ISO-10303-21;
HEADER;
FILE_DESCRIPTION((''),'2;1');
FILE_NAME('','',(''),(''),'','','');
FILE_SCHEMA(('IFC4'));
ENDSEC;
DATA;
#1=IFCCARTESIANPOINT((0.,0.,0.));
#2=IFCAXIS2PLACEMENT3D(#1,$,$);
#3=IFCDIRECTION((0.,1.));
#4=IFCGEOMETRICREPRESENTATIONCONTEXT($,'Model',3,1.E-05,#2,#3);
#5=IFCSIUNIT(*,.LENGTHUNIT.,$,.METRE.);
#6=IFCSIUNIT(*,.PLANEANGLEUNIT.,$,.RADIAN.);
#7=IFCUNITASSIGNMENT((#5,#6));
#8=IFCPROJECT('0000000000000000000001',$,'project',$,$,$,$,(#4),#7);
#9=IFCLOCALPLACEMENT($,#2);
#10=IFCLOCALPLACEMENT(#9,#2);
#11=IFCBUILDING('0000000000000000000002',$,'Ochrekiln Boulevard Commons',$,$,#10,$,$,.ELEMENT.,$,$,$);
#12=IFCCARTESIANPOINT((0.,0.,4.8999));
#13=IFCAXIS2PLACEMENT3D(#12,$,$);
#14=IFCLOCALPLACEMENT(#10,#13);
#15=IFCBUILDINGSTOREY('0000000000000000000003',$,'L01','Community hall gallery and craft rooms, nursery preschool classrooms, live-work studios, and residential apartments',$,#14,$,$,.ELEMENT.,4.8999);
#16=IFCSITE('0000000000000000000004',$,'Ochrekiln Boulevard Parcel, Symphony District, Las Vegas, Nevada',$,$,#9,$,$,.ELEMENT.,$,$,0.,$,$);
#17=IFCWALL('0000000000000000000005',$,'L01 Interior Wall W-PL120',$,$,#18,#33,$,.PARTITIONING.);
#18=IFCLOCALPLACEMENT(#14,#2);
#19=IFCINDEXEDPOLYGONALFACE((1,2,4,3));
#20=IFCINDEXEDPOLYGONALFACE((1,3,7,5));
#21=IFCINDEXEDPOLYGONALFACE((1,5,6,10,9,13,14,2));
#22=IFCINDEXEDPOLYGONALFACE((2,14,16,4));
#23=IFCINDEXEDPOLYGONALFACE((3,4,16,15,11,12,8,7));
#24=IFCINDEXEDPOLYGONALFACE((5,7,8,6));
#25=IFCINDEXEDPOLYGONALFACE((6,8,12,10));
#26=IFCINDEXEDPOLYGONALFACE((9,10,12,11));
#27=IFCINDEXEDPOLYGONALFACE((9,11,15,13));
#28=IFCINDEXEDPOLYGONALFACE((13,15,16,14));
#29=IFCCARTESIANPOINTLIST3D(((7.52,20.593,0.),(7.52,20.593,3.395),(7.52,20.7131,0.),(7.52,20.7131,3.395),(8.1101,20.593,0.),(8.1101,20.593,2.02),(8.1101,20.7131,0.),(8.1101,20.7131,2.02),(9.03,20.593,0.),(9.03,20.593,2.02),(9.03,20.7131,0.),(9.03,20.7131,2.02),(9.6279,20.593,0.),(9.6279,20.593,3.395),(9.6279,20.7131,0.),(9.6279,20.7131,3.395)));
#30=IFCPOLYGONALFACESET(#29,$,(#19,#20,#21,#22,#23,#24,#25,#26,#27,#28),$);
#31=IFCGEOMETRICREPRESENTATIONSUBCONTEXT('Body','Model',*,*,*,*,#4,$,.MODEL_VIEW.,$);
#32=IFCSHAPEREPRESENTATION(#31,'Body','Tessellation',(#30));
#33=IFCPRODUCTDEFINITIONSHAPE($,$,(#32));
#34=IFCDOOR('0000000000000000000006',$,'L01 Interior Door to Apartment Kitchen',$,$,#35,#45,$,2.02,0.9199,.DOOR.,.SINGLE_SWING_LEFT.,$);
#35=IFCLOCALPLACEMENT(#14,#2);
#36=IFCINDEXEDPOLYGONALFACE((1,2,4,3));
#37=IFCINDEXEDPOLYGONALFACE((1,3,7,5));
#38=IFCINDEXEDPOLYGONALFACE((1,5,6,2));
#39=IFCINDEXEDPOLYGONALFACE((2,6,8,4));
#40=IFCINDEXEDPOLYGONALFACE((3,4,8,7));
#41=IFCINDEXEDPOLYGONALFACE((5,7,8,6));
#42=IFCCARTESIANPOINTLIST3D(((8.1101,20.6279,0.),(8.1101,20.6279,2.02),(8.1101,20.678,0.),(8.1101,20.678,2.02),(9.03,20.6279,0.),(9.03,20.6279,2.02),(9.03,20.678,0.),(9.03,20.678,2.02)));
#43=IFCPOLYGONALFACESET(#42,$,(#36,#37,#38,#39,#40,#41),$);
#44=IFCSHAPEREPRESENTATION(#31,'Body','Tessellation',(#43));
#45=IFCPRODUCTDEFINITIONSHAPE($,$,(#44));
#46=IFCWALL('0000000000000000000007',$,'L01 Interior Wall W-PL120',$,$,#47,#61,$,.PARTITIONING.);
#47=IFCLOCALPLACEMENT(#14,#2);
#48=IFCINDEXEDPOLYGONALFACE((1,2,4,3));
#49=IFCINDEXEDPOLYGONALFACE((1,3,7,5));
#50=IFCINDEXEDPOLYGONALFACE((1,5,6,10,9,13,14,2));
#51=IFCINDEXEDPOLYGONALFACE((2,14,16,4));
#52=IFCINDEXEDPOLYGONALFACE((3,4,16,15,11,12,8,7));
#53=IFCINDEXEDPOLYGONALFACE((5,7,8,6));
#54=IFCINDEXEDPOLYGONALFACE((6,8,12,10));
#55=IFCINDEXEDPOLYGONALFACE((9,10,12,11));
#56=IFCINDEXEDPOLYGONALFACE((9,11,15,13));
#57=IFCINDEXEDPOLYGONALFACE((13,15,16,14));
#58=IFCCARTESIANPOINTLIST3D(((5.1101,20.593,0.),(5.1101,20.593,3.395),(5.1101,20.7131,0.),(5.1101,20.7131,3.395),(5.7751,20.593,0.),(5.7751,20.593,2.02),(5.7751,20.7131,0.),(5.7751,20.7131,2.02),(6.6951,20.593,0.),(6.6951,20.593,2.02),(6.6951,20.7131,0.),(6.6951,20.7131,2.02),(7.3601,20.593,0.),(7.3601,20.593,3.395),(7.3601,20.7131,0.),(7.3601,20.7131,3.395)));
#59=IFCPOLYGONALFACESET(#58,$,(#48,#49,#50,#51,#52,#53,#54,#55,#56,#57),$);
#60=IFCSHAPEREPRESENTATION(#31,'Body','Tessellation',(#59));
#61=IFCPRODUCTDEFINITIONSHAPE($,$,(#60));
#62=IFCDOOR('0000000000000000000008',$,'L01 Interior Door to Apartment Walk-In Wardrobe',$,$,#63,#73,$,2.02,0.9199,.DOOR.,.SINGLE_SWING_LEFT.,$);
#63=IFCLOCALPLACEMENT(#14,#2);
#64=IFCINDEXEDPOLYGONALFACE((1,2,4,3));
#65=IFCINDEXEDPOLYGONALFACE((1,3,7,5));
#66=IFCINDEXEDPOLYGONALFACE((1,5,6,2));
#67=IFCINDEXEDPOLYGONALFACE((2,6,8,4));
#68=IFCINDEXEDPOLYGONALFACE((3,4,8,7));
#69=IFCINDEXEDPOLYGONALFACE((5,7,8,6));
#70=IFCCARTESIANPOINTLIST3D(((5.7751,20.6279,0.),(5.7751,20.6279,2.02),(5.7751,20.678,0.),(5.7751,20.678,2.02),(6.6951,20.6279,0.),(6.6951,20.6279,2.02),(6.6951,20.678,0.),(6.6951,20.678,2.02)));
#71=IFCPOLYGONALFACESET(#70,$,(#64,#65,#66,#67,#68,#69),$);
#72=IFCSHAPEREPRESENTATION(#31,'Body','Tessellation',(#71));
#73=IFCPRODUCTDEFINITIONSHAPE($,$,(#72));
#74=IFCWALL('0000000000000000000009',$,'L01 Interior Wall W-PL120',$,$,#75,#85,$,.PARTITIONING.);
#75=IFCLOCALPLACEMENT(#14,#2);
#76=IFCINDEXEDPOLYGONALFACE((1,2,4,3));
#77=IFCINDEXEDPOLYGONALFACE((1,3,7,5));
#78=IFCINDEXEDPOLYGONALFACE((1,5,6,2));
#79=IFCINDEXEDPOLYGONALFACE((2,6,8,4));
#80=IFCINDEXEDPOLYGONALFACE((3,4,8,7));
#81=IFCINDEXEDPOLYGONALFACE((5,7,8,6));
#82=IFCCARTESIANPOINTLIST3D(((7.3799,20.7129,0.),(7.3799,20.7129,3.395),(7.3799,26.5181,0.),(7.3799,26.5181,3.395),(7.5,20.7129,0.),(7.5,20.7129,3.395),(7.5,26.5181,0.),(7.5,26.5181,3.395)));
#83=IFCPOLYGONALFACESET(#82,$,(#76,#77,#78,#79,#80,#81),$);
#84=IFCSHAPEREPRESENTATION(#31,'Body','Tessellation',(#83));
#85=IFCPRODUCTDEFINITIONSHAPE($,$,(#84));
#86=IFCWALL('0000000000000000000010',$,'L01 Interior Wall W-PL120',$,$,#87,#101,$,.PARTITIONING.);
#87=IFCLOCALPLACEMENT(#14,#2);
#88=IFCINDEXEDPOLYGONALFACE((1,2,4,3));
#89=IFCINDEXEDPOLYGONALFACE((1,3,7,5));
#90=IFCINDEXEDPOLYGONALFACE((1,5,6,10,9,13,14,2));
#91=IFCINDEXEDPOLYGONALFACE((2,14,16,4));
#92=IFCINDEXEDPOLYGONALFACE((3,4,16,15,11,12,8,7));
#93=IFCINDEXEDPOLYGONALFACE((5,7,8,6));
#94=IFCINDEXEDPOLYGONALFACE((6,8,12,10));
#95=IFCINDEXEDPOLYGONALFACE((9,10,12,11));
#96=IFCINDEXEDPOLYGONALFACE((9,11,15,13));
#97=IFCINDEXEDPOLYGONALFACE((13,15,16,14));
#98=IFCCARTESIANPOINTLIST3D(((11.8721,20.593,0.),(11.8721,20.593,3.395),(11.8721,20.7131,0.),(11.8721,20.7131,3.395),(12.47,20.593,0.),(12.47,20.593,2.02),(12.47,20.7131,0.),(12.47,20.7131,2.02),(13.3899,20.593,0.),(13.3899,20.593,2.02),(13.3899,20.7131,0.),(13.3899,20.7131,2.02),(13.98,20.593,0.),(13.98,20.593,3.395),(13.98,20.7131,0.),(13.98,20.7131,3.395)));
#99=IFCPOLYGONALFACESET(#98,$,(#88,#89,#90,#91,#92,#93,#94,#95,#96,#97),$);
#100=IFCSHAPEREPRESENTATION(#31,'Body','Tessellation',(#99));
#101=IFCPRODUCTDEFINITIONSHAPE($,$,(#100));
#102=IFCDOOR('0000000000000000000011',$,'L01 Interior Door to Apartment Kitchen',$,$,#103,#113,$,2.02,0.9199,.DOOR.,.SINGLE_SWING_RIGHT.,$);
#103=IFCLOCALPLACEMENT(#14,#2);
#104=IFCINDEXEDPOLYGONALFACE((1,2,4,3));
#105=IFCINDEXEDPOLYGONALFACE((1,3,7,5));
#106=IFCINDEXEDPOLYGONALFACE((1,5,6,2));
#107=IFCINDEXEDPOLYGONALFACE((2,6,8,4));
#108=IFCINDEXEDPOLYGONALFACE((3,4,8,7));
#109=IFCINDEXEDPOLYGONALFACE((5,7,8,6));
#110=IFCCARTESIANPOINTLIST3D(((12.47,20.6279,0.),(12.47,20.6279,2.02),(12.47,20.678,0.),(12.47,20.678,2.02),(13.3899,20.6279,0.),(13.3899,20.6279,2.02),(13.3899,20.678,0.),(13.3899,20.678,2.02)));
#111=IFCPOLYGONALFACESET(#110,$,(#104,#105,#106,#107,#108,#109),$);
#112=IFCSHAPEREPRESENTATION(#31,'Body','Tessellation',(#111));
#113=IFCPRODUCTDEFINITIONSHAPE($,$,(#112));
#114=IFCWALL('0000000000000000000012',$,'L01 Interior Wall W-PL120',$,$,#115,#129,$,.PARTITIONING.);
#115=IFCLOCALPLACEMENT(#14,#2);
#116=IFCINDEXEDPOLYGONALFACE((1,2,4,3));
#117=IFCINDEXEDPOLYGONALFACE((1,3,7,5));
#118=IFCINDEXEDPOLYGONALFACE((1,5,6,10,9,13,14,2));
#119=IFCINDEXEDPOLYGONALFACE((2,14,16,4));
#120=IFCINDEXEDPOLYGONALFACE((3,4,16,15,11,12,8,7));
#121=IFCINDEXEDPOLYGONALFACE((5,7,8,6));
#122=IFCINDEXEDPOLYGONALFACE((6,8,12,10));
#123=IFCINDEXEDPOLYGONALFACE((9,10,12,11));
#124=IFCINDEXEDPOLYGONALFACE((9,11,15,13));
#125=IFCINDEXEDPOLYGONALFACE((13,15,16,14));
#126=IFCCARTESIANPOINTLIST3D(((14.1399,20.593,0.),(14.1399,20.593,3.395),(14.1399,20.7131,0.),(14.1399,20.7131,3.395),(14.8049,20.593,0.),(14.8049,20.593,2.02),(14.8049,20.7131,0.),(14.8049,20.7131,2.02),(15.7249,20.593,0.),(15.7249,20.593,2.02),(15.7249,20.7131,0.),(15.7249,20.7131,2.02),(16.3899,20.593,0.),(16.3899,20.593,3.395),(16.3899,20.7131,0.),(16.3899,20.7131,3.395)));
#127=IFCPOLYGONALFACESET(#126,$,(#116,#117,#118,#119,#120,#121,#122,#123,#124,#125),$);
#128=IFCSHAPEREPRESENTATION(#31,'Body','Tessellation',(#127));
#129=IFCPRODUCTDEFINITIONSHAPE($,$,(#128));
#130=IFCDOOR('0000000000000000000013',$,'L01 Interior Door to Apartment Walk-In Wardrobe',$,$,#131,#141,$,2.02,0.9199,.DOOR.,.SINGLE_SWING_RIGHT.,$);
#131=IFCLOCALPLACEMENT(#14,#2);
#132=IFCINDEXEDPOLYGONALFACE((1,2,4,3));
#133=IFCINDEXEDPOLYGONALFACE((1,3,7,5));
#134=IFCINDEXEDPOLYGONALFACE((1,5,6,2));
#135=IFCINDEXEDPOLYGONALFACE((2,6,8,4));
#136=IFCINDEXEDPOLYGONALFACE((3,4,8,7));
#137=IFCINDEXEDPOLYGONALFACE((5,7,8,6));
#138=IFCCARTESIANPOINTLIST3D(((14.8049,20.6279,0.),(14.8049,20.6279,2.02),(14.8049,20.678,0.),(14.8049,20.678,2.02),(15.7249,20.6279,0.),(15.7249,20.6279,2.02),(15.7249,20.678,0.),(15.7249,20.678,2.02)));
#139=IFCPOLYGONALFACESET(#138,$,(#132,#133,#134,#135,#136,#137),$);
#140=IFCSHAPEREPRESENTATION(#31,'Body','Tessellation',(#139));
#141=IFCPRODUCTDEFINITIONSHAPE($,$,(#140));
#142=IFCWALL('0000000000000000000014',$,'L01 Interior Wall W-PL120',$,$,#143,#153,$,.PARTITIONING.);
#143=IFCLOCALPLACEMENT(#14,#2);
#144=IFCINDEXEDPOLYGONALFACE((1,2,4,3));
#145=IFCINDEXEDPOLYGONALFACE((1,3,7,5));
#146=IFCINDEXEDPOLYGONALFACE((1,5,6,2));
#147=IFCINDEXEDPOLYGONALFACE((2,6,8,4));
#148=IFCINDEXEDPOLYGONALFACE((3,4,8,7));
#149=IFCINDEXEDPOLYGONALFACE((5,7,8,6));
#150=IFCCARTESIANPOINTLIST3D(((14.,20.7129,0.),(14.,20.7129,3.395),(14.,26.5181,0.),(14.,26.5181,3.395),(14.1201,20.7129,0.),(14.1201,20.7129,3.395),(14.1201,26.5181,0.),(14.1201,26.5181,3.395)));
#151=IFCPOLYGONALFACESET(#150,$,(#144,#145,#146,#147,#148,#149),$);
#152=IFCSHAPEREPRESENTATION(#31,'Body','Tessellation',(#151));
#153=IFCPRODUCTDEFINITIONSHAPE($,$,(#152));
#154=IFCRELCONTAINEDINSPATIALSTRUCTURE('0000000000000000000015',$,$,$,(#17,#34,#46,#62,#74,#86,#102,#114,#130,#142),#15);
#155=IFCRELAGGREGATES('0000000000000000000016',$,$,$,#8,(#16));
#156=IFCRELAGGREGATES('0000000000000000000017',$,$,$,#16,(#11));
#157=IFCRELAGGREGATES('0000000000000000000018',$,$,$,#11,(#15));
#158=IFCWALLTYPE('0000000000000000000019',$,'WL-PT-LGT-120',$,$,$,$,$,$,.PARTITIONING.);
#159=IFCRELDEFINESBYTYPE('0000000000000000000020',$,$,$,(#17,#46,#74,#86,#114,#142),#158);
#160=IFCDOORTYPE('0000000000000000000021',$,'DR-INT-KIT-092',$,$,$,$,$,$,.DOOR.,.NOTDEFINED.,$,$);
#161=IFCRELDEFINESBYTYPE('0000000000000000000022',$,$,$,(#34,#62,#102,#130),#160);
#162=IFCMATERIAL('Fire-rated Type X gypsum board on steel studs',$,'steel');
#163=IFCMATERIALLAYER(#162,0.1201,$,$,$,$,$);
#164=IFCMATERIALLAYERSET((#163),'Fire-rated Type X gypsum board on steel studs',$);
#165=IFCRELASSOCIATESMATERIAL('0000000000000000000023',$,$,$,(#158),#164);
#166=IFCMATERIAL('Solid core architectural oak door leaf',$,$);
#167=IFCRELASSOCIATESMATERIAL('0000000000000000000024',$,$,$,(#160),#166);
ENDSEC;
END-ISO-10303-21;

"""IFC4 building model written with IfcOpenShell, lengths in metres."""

from ifc_helpers import new_model, si_unit, direction, frame, frame_2d, origin, place, context, subcontext, project, spatial, rectangle, extrude, material, layer, layer_set, type_object, element, fill, save


model = new_model("IFC4")

# Units and contexts
model_context = context("Model", 3, precision=1e-05, world=origin(), true_north=direction((0.0, 1.0)))
body_context = subcontext(model_context, "Body", "Model", "MODEL_VIEW")
ifc_project = project(units=[si_unit("LENGTHUNIT", "METRE"), si_unit("PLANEANGLEUNIT", "RADIAN")], contexts=[model_context])

# Site, building, storey
site_placement = place(None, origin())
site = spatial("IfcSite", under=ifc_project, at=site_placement, Name="Ochrekiln Boulevard Parcel, Symphony District, Las Vegas, Nevada", CompositionType="ELEMENT", RefElevation=0.0)
building_placement = place(site_placement, origin())
building = spatial("IfcBuilding", under=site, at=building_placement, Name="Ochrekiln Boulevard Commons", CompositionType="ELEMENT")
storey_placement = place(building_placement, frame((0.0, 0.0, 4.8999)))
storey = spatial("IfcBuildingStorey", under=building, at=storey_placement, Name="L01", Description="Community hall gallery and craft rooms, nursery preschool classrooms, live-work studios, and residential apartments", CompositionType="ELEMENT", Elevation=4.8999)

# Shared definitions
ifc_material_1 = material(Name="Fire-rated Type X gypsum board on steel studs", Category="steel")

# Walls, openings, doors
ifc_layer_1 = layer(ifc_material_1, 0.1201)
ifc_layer_set_1 = layer_set([ifc_layer_1], Name="Fire-rated Type X gypsum board on steel studs")
wall_type_1 = type_object("IfcWallType", Name="WL-PT-LGT-120", PredefinedType="PARTITIONING", material=ifc_layer_set_1)
wall_1_placement = place(storey_placement, frame((7.52, 20.6531, 0.0), z_axis=(0.0, 0.0, 1.0), x_axis=(1.0, 0.0, 0.0)))
wall_1 = element("IfcWall", 1, at=wall_1_placement, inside=storey, type_object=wall_type_1, Name="L01 Interior Wall W-PL120", PredefinedType="PARTITIONING", context=body_context, shape_type="SweptSolid", body=[
    extrude(rectangle(XDim=2.1079, YDim=0.1201, at=frame_2d((1.054, 0.0))), origin(), (0.0, 0.0, 1.0), 3.395),
])
opening_1_placement = place(wall_1_placement, frame((0.5901, 0.0, 0.0)))
opening_1 = element("IfcOpeningElement", 2, at=opening_1_placement, cuts=wall_1, PredefinedType="OPENING", context=body_context, shape_type="SweptSolid", body=[
    extrude(rectangle(XDim=0.9199, YDim=2.02, at=frame_2d((0.46, 1.01))), frame((0.0, 0.0701, 0.0), z_axis=(0.0, -1.0, 0.0), x_axis=(1.0, 0.0, 0.0)), (0.0, 0.0, 1.0), 0.1401),
])
ifc_material_2 = material(Name="Solid core architectural oak door leaf")
door_type_1 = type_object("IfcDoorType", Name="DR-INT-KIT-092", OperationType="NOTDEFINED", PredefinedType="DOOR", material=ifc_material_2)
door_1_placement = place(opening_1_placement, origin())
door_1 = element("IfcDoor", 3, at=door_1_placement, inside=storey, type_object=door_type_1, Name="L01 Interior Door to Apartment Kitchen", OperationType="SINGLE_SWING_LEFT", OverallHeight=2.02, OverallWidth=0.9199, PredefinedType="DOOR", context=body_context, shape_type="SweptSolid", body=[
    extrude(rectangle(XDim=0.9199, YDim=2.02, at=frame_2d((0.46, 1.01))), frame((0.0, 0.0249, 0.0), z_axis=(0.0, -1.0, 0.0), x_axis=(1.0, 0.0, 0.0)), (0.0, 0.0, 1.0), 0.05),
])
fill(opening_1, door_1)
wall_2_placement = place(storey_placement, frame((5.1101, 20.6531, 0.0), z_axis=(0.0, 0.0, 1.0), x_axis=(1.0, 0.0, 0.0)))
wall_2 = element("IfcWall", 4, at=wall_2_placement, inside=storey, type_object=wall_type_1, Name="L01 Interior Wall W-PL120", PredefinedType="PARTITIONING", context=body_context, shape_type="SweptSolid", body=[
    extrude(rectangle(XDim=2.25, YDim=0.1201, at=frame_2d((1.125, 0.0))), origin(), (0.0, 0.0, 1.0), 3.395),
])
opening_2_placement = place(wall_2_placement, frame((0.665, 0.0, 0.0)))
opening_2 = element("IfcOpeningElement", 5, at=opening_2_placement, cuts=wall_2, PredefinedType="OPENING", context=body_context, shape_type="SweptSolid", body=[
    extrude(rectangle(XDim=0.9199, YDim=2.02, at=frame_2d((0.46, 1.01))), frame((0.0, 0.0701, 0.0), z_axis=(0.0, -1.0, 0.0), x_axis=(1.0, 0.0, 0.0)), (0.0, 0.0, 1.0), 0.1401),
])
door_2_placement = place(opening_2_placement, origin())
door_2 = element("IfcDoor", 6, at=door_2_placement, inside=storey, type_object=door_type_1, Name="L01 Interior Door to Apartment Walk-In Wardrobe", OperationType="SINGLE_SWING_LEFT", OverallHeight=2.02, OverallWidth=0.9199, PredefinedType="DOOR", context=body_context, shape_type="SweptSolid", body=[
    extrude(rectangle(XDim=0.9199, YDim=2.02, at=frame_2d((0.46, 1.01))), frame((0.0, 0.0249, 0.0), z_axis=(0.0, -1.0, 0.0), x_axis=(1.0, 0.0, 0.0)), (0.0, 0.0, 1.0), 0.05),
])
fill(opening_2, door_2)

# Wall
wall_3_placement = place(storey_placement, frame((7.4399, 20.7129, 0.0), z_axis=(0.0, 0.0, 1.0), x_axis=(0.0, 1.0, 0.0)))
element("IfcWall", 7, at=wall_3_placement, inside=storey, type_object=wall_type_1, Name="L01 Interior Wall W-PL120", PredefinedType="PARTITIONING", context=body_context, shape_type="SweptSolid", body=[
    extrude(rectangle(XDim=5.8052, YDim=0.1201, at=frame_2d((2.9026, 0.0))), origin(), (0.0, 0.0, 1.0), 3.395),
])

# Walls, openings, doors
wall_4_placement = place(storey_placement, frame((11.8721, 20.6531, 0.0), z_axis=(0.0, 0.0, 1.0), x_axis=(1.0, 0.0, 0.0)))
wall_4 = element("IfcWall", 8, at=wall_4_placement, inside=storey, type_object=wall_type_1, Name="L01 Interior Wall W-PL120", PredefinedType="PARTITIONING", context=body_context, shape_type="SweptSolid", body=[
    extrude(rectangle(XDim=2.1079, YDim=0.1201, at=frame_2d((1.054, 0.0))), origin(), (0.0, 0.0, 1.0), 3.395),
])
opening_3_placement = place(wall_4_placement, frame((0.5979, 0.0, 0.0)))
opening_3 = element("IfcOpeningElement", 9, at=opening_3_placement, cuts=wall_4, PredefinedType="OPENING", context=body_context, shape_type="SweptSolid", body=[
    extrude(rectangle(XDim=0.9199, YDim=2.02, at=frame_2d((0.46, 1.01))), frame((0.0, 0.0701, 0.0), z_axis=(0.0, -1.0, 0.0), x_axis=(1.0, 0.0, 0.0)), (0.0, 0.0, 1.0), 0.1401),
])
door_3_placement = place(opening_3_placement, origin())
door_3 = element("IfcDoor", 10, at=door_3_placement, inside=storey, type_object=door_type_1, Name="L01 Interior Door to Apartment Kitchen", OperationType="SINGLE_SWING_RIGHT", OverallHeight=2.02, OverallWidth=0.9199, PredefinedType="DOOR", context=body_context, shape_type="SweptSolid", body=[
    extrude(rectangle(XDim=0.9199, YDim=2.02, at=frame_2d((0.46, 1.01))), frame((0.0, 0.0249, 0.0), z_axis=(0.0, -1.0, 0.0), x_axis=(1.0, 0.0, 0.0)), (0.0, 0.0, 1.0), 0.05),
])
fill(opening_3, door_3)
wall_5_placement = place(storey_placement, frame((14.1399, 20.6531, 0.0), z_axis=(0.0, 0.0, 1.0), x_axis=(1.0, 0.0, 0.0)))
wall_5 = element("IfcWall", 11, at=wall_5_placement, inside=storey, type_object=wall_type_1, Name="L01 Interior Wall W-PL120", PredefinedType="PARTITIONING", context=body_context, shape_type="SweptSolid", body=[
    extrude(rectangle(XDim=2.25, YDim=0.1201, at=frame_2d((1.125, 0.0))), origin(), (0.0, 0.0, 1.0), 3.395),
])
opening_4_placement = place(wall_5_placement, frame((0.665, 0.0, 0.0)))
opening_4 = element("IfcOpeningElement", 12, at=opening_4_placement, cuts=wall_5, PredefinedType="OPENING", context=body_context, shape_type="SweptSolid", body=[
    extrude(rectangle(XDim=0.9199, YDim=2.02, at=frame_2d((0.46, 1.01))), frame((0.0, 0.0701, 0.0), z_axis=(0.0, -1.0, 0.0), x_axis=(1.0, 0.0, 0.0)), (0.0, 0.0, 1.0), 0.1401),
])
door_4_placement = place(opening_4_placement, origin())
door_4 = element("IfcDoor", 13, at=door_4_placement, inside=storey, type_object=door_type_1, Name="L01 Interior Door to Apartment Walk-In Wardrobe", OperationType="SINGLE_SWING_RIGHT", OverallHeight=2.02, OverallWidth=0.9199, PredefinedType="DOOR", context=body_context, shape_type="SweptSolid", body=[
    extrude(rectangle(XDim=0.9199, YDim=2.02, at=frame_2d((0.46, 1.01))), frame((0.0, 0.0249, 0.0), z_axis=(0.0, -1.0, 0.0), x_axis=(1.0, 0.0, 0.0)), (0.0, 0.0, 1.0), 0.05),
])
fill(opening_4, door_4)

# Wall
wall_6_placement = place(storey_placement, frame((14.0601, 20.7129, 0.0), z_axis=(0.0, 0.0, 1.0), x_axis=(0.0, 1.0, 0.0)))
element("IfcWall", 14, at=wall_6_placement, inside=storey, type_object=wall_type_1, Name="L01 Interior Wall W-PL120", PredefinedType="PARTITIONING", context=body_context, shape_type="SweptSolid", body=[
    extrude(rectangle(XDim=5.8052, YDim=0.1201, at=frame_2d((2.9026, 0.0))), origin(), (0.0, 0.0, 1.0), 3.395),
])

save(model, "model.ifc")
